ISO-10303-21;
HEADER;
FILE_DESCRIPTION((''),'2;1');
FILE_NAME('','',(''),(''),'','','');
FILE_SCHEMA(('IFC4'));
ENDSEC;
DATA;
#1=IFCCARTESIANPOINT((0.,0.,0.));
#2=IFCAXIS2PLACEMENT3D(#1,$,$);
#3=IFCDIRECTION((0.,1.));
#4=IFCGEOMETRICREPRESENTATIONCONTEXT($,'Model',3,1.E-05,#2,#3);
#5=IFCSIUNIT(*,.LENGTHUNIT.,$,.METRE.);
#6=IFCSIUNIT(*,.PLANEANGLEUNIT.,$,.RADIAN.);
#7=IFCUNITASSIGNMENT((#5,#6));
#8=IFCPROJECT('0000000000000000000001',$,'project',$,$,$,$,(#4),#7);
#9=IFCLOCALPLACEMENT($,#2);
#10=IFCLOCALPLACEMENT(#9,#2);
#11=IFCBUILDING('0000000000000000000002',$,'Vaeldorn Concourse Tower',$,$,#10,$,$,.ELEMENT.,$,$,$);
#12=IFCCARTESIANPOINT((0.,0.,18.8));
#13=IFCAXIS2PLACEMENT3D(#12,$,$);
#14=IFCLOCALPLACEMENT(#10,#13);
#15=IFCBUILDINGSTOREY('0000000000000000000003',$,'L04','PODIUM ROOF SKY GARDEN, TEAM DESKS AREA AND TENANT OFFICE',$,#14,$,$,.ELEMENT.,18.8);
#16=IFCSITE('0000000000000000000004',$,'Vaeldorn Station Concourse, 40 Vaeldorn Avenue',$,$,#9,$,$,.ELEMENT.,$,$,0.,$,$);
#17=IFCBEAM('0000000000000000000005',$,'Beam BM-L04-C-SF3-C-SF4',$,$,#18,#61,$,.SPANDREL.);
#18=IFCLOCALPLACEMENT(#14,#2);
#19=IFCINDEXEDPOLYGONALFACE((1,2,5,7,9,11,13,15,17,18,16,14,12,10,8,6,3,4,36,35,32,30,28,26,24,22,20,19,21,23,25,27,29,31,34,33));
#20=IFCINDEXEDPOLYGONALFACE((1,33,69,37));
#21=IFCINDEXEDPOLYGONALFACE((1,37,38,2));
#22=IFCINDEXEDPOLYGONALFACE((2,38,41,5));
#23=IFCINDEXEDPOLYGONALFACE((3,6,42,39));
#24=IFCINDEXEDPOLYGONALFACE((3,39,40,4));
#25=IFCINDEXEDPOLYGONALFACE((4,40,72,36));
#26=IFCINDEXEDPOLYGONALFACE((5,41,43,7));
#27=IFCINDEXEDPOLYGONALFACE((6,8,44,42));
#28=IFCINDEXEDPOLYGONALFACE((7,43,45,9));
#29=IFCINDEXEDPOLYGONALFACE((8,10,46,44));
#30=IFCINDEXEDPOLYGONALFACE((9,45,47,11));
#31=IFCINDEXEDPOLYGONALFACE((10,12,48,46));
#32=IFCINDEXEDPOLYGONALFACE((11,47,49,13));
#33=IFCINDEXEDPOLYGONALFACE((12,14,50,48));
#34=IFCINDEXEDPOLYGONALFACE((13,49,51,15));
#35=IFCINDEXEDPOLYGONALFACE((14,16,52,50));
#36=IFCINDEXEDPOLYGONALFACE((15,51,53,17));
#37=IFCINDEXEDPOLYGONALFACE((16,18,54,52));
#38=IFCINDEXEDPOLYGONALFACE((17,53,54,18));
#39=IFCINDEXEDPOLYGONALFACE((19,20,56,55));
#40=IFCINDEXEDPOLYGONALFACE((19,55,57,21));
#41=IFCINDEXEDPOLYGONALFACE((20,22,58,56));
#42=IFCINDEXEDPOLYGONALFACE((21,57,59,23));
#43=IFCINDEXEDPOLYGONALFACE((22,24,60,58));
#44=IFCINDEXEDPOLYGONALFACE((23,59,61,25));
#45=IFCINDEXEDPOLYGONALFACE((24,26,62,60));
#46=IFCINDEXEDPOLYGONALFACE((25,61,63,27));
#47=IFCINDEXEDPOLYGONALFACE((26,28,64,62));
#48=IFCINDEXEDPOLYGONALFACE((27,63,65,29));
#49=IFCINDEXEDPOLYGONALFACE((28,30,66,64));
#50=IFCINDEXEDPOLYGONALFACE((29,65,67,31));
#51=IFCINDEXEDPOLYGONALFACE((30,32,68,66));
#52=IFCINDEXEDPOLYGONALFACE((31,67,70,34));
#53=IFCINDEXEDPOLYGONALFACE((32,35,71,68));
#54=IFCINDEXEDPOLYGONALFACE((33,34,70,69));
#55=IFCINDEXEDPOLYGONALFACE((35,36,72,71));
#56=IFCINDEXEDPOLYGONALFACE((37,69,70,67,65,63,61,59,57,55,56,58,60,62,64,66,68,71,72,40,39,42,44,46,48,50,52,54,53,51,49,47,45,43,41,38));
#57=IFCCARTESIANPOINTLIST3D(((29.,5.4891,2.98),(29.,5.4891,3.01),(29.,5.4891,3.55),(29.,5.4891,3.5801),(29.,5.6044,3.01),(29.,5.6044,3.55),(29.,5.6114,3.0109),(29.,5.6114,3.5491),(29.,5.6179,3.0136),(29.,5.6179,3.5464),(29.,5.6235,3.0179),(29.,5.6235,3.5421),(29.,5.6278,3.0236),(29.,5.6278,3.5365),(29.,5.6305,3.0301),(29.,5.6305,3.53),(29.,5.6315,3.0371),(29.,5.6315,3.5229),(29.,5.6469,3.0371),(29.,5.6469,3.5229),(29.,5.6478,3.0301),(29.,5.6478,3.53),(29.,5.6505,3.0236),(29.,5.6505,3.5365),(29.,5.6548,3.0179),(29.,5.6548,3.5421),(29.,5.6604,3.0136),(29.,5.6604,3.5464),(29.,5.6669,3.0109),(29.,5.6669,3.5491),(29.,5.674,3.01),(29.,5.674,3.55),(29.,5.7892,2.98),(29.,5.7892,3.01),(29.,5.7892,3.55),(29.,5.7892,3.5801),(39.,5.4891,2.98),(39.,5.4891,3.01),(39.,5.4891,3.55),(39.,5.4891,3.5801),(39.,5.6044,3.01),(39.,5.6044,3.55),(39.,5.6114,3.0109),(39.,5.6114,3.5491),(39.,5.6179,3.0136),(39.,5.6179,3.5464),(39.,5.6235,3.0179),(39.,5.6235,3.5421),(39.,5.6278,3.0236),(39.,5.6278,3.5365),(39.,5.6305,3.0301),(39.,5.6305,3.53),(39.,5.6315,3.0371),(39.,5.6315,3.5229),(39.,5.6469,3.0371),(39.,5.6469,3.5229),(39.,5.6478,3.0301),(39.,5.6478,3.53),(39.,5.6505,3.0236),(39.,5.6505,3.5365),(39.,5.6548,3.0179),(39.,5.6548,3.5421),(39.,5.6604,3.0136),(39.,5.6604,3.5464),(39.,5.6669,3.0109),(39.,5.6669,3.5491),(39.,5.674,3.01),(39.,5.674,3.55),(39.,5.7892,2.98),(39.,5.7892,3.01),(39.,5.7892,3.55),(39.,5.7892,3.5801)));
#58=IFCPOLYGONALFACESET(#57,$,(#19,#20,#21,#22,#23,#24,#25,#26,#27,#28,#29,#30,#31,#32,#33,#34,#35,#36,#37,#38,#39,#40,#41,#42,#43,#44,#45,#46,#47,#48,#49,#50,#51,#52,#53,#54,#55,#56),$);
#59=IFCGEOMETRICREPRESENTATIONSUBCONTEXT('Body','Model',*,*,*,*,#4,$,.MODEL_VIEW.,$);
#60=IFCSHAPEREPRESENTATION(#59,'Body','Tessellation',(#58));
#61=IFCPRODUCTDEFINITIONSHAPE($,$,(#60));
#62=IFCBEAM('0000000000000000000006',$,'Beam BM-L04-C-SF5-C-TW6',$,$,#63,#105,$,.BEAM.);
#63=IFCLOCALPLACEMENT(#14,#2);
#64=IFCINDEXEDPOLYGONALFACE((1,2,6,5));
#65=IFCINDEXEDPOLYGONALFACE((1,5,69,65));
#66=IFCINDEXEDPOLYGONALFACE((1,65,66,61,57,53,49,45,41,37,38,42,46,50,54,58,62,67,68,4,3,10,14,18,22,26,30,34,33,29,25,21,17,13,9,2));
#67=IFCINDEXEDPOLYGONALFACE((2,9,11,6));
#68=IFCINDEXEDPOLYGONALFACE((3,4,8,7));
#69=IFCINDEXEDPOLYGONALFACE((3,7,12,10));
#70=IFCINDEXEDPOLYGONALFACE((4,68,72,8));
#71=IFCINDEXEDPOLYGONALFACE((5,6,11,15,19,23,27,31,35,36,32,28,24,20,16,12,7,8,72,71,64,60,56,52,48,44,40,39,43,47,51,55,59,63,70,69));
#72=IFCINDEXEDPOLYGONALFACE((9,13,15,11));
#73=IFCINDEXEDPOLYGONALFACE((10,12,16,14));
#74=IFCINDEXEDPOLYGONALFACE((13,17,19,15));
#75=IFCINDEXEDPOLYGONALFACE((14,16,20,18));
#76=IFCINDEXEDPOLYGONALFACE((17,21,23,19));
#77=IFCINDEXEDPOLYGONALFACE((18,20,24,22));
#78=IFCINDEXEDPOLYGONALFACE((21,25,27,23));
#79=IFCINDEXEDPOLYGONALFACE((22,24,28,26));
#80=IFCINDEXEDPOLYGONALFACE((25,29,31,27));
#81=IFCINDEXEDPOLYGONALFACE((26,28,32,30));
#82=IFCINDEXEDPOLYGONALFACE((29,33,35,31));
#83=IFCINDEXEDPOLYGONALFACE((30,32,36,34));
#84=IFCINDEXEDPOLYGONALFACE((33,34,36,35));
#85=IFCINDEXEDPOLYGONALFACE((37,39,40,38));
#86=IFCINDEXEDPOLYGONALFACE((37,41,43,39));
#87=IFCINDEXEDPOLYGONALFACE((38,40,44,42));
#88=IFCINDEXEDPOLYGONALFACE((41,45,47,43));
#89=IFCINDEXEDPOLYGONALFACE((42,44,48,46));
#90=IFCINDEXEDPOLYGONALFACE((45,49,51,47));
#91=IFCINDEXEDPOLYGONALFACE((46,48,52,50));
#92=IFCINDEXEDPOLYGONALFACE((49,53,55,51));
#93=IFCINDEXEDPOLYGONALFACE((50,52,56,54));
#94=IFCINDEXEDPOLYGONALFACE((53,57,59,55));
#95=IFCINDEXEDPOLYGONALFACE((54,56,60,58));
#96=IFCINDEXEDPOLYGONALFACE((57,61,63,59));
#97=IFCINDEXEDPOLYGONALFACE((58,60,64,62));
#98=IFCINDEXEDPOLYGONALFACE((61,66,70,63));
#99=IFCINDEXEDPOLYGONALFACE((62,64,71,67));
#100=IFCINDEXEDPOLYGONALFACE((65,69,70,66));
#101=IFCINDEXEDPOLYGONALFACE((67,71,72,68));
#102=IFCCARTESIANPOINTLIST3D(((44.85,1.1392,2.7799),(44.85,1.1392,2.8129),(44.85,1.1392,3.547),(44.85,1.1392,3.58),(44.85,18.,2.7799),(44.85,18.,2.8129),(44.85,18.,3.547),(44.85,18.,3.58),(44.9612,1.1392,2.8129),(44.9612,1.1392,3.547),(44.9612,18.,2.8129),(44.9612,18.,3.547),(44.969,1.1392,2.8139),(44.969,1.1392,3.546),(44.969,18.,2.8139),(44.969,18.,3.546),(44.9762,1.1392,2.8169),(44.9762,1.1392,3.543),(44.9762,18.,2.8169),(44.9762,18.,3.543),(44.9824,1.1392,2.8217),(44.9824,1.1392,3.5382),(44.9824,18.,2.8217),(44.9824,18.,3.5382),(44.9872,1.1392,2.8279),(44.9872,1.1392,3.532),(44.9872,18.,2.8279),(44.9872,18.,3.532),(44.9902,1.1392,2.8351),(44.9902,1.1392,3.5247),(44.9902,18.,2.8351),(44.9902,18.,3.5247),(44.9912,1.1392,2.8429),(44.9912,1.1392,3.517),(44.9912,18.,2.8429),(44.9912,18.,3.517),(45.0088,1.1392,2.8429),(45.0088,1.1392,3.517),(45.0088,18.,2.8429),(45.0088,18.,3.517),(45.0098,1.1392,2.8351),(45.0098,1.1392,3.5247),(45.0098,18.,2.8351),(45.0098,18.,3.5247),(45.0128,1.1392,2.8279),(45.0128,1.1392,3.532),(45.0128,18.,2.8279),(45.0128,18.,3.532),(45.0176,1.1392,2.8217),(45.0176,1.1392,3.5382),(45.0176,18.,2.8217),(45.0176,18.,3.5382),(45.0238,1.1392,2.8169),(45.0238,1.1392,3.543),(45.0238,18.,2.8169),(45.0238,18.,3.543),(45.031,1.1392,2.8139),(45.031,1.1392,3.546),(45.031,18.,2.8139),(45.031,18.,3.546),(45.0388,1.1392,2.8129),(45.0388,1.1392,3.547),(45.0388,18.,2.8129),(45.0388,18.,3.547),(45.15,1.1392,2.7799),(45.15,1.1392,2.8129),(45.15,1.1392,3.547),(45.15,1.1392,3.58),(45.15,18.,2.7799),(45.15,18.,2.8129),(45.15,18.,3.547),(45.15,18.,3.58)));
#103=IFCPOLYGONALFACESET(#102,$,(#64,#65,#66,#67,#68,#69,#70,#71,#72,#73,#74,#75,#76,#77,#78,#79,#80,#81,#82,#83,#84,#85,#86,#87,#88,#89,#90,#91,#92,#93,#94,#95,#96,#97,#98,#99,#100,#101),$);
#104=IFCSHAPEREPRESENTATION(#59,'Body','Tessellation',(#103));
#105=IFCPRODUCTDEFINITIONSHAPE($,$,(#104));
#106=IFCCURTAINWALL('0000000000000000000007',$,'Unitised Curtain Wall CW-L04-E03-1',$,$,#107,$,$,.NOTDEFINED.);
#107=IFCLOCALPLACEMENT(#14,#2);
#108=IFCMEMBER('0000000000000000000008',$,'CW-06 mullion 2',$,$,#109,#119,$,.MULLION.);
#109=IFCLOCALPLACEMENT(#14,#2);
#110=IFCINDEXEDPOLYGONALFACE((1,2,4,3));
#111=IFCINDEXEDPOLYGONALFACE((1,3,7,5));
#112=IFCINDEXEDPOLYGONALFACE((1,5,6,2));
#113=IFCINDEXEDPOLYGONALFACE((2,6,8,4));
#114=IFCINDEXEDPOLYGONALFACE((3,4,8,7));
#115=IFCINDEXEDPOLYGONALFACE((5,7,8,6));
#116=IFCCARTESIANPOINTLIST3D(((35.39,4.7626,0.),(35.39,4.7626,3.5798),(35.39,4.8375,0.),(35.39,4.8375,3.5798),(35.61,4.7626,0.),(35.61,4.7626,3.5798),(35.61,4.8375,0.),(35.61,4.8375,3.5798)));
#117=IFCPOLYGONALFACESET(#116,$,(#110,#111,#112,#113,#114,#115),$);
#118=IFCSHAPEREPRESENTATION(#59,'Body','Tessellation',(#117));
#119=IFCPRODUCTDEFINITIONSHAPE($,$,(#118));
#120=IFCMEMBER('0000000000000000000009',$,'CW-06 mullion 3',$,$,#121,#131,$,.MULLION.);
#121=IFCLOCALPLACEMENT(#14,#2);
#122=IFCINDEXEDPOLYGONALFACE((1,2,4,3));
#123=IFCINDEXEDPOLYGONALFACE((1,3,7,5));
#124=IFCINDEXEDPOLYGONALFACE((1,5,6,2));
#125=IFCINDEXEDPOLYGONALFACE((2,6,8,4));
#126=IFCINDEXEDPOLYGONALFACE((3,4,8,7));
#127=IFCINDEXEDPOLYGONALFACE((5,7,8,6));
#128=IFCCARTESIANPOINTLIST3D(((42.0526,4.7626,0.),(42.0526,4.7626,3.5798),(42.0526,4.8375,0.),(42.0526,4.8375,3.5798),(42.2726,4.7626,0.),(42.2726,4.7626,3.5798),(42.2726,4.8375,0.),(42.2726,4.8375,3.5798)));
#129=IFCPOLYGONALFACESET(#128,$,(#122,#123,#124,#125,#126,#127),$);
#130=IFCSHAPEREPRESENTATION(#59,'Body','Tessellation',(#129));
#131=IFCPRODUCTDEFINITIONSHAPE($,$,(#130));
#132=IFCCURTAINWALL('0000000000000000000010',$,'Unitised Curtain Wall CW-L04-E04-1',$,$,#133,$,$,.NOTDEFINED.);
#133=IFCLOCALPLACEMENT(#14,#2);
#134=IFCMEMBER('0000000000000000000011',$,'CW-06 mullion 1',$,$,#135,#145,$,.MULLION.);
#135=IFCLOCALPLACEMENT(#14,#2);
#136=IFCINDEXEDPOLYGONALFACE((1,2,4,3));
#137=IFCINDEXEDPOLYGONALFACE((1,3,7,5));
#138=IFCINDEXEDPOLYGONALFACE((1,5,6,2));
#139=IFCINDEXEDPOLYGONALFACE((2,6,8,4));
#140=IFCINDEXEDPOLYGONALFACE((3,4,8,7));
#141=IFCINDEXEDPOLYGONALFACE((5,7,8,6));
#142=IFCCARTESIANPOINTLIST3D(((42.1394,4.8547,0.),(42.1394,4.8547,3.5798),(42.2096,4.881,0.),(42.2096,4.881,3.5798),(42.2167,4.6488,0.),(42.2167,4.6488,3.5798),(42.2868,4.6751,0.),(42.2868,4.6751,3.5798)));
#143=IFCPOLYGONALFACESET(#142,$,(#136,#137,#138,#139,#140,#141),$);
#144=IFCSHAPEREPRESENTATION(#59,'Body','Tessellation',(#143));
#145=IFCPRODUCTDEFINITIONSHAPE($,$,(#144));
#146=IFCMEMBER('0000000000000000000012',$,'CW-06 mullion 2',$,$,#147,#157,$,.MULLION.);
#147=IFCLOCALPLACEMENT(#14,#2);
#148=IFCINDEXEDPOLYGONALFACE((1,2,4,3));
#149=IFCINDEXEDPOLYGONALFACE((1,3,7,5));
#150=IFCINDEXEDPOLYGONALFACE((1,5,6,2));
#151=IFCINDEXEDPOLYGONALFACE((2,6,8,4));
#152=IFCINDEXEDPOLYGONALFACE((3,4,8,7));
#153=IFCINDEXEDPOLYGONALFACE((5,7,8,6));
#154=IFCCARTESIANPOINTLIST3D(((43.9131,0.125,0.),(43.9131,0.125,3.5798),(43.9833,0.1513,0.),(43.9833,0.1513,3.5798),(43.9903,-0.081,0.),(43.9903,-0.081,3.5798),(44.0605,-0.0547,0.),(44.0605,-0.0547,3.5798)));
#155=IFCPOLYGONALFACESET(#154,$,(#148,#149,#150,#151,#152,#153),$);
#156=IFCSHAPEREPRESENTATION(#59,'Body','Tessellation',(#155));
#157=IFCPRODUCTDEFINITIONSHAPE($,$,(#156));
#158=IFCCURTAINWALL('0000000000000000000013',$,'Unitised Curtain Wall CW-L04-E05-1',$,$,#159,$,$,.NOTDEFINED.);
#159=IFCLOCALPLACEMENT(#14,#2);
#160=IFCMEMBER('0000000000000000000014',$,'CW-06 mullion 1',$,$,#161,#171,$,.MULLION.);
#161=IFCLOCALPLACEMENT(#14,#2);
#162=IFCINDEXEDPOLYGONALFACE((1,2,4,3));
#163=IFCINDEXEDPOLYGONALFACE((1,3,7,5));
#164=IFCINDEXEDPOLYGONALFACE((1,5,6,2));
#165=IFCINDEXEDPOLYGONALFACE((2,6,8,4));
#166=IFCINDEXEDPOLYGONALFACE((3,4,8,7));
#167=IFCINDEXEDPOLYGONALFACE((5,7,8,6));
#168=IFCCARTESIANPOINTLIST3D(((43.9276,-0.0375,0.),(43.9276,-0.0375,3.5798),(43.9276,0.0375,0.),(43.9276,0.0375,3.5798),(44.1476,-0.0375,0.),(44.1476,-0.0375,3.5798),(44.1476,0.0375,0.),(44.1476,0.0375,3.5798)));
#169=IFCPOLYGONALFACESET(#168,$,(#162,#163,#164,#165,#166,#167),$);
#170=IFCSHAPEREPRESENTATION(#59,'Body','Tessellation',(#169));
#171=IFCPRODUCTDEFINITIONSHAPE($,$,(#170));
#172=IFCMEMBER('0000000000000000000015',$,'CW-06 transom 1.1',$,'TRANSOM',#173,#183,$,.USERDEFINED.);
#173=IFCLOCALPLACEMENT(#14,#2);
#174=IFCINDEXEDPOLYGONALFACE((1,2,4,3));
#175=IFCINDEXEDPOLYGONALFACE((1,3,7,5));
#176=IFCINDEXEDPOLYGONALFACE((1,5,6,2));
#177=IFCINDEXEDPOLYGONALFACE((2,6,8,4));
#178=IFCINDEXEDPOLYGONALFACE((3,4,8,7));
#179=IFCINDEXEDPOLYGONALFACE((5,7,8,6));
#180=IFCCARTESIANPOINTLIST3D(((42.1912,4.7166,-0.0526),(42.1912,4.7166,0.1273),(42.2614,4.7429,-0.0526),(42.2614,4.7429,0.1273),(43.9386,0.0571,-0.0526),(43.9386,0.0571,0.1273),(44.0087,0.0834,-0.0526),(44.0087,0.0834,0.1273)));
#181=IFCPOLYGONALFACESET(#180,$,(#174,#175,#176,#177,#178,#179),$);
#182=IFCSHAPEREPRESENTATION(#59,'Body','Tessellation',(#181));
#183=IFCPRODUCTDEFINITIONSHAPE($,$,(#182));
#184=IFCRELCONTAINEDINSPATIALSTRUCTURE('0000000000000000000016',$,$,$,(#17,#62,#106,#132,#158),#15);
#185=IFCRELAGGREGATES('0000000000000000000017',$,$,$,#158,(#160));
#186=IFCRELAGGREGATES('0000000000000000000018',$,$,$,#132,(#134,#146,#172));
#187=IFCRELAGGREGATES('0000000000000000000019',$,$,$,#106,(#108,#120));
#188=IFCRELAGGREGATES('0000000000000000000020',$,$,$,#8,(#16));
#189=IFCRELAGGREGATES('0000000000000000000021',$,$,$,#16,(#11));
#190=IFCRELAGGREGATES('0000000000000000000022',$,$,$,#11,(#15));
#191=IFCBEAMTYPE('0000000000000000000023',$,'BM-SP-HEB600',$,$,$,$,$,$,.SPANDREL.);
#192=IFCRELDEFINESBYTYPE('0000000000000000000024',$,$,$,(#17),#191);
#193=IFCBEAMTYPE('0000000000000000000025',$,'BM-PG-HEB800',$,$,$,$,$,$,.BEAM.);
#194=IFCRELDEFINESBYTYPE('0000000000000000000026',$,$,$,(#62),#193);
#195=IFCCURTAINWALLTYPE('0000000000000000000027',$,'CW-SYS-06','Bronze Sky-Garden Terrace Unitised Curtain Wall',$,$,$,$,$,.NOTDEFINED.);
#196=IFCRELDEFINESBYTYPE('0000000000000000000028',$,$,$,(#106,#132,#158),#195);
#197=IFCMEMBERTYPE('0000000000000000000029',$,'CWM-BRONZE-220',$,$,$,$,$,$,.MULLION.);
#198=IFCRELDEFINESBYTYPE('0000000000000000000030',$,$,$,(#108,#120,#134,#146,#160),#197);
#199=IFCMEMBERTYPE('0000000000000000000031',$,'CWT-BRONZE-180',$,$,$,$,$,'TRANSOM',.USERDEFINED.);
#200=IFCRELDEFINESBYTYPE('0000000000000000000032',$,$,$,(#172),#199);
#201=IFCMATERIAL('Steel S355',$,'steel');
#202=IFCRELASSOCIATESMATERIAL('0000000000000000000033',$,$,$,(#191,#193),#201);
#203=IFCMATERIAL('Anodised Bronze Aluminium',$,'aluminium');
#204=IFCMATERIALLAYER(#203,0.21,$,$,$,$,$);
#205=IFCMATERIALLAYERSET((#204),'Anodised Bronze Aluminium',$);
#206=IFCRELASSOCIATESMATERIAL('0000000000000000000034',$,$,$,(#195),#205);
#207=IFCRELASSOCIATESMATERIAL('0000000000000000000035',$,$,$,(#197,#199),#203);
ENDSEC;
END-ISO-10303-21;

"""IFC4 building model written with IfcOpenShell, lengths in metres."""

from ifc_helpers import new_model, si_unit, direction, frame, origin, origin_2d, place, context, subcontext, project, spatial, rectangle, i_section, extrude, source, transform, mapped, material, layer, layer_set, material_profile, profile_set, type_object, element, aggregate, save


model = new_model("IFC4")

# Units and contexts
model_context = context("Model", 3, precision=1e-05, world=origin(), true_north=direction((0.0, 1.0)))
body_context = subcontext(model_context, "Body", "Model", "MODEL_VIEW")
ifc_project = project(units=[si_unit("LENGTHUNIT", "METRE"), si_unit("PLANEANGLEUNIT", "RADIAN")], contexts=[model_context])

# Site, building, storey
site_placement = place(None, origin())
site = spatial("IfcSite", under=ifc_project, at=site_placement, Name="Vaeldorn Station Concourse, 40 Vaeldorn Avenue", CompositionType="ELEMENT", RefElevation=0.0)
building_placement = place(site_placement, origin())
building = spatial("IfcBuilding", under=site, at=building_placement, Name="Vaeldorn Concourse Tower", CompositionType="ELEMENT")
storey_placement = place(building_placement, frame((0.0, 0.0, 18.8)))
storey = spatial("IfcBuildingStorey", under=building, at=storey_placement, Name="L04", Description="PODIUM ROOF SKY GARDEN, TEAM DESKS AREA AND TENANT OFFICE", CompositionType="ELEMENT", Elevation=18.8)

# Beams
ifc_material_1 = material(Name="Steel S355", Category="steel")
ifc_material_profile_1 = material_profile(ifc_material_1, i_section(OverallWidth=0.3, OverallDepth=0.6001, WebThickness=0.0154, FlangeThickness=0.03, FilletRadius=0.0271, at=origin_2d()), Name="HEB 600")
ifc_profile_set_1 = profile_set([ifc_material_profile_1], Name="Steel S355")
beam_type_1 = type_object("IfcBeamType", Name="BM-SP-HEB600", PredefinedType="SPANDREL", material=ifc_profile_set_1)
shared_shape_1 = source(origin(), body_context, "Body", "SweptSolid", [
    extrude(i_section(OverallWidth=0.3, OverallDepth=0.6001, WebThickness=0.0154, FlangeThickness=0.03, FilletRadius=0.0271, at=origin_2d()), origin(), (0.0, 0.0, 1.0), 10.0),
])
beam_1_placement = place(storey_placement, frame((29.0, 5.6392, 3.28), z_axis=(1.0, 0.0, 0.0), x_axis=(0.0, 1.0, 0.0)))
element("IfcBeam", 1, at=beam_1_placement, inside=storey, type_object=beam_type_1, Name="Beam BM-L04-C-SF3-C-SF4", PredefinedType="SPANDREL", context=body_context, shape_type="MappedRepresentation", body=[
    mapped(shared_shape_1, transform((0.0, 0.0, 0.0), scale=1.0)),
])
ifc_material_profile_2 = material_profile(ifc_material_1, i_section(OverallWidth=0.3, OverallDepth=0.8, WebThickness=0.0176, FlangeThickness=0.033, FilletRadius=0.03, at=origin_2d()), Name="HEB 800")
ifc_profile_set_2 = profile_set([ifc_material_profile_2], Name="Steel S355")
beam_type_2 = type_object("IfcBeamType", Name="BM-PG-HEB800", PredefinedType="BEAM", material=ifc_profile_set_2)
shared_shape_2 = source(origin(), body_context, "Body", "SweptSolid", [
    extrude(i_section(OverallWidth=0.3, OverallDepth=0.8, WebThickness=0.0176, FlangeThickness=0.033, FilletRadius=0.03, at=origin_2d()), origin(), (0.0, 0.0, 1.0), 16.8608),
])
beam_2_placement = place(storey_placement, frame((45.0, 1.1392, 3.1799), z_axis=(0.0, 1.0, 0.0), x_axis=(-1.0, 0.0, 0.0)))
element("IfcBeam", 2, at=beam_2_placement, inside=storey, type_object=beam_type_2, Name="Beam BM-L04-C-SF5-C-TW6", PredefinedType="BEAM", context=body_context, shape_type="MappedRepresentation", body=[
    mapped(shared_shape_2, transform((0.0, 0.0, 0.0), scale=1.0)),
])

# Curtain walls, members
ifc_material_2 = material(Name="Anodised Bronze Aluminium", Category="aluminium")
ifc_layer_1 = layer(ifc_material_2, 0.21)
ifc_layer_set_1 = layer_set([ifc_layer_1], Name="Anodised Bronze Aluminium")
curtain_wall_type = type_object("IfcCurtainWallType", Name="CW-SYS-06", Description="Bronze Sky-Garden Terrace Unitised Curtain Wall", PredefinedType="NOTDEFINED", material=ifc_layer_set_1)
curtain_wall_1_placement = place(storey_placement, origin())
curtain_wall_1 = element("IfcCurtainWall", 3, at=curtain_wall_1_placement, inside=storey, type_object=curtain_wall_type, Name="Unitised Curtain Wall CW-L04-E03-1", PredefinedType="NOTDEFINED")
ifc_material_profile_3 = material_profile(ifc_material_2, rectangle(XDim=0.075, YDim=0.22, at=origin_2d()), Name="CWM 75x220")
ifc_profile_set_3 = profile_set([ifc_material_profile_3], Name="Anodised Bronze Aluminium")
member_type_1 = type_object("IfcMemberType", Name="CWM-BRONZE-220", PredefinedType="MULLION", material=ifc_profile_set_3)
shared_shape_3 = source(origin(), body_context, "Body", "SweptSolid", [
    extrude(rectangle(XDim=0.075, YDim=0.22, at=origin_2d()), origin(), (0.0, 0.0, 1.0), 3.5798),
])
member_1_placement = place(storey_placement, frame((35.5, 4.8, 0.0), z_axis=(0.0, 0.0, 1.0), x_axis=(0.0, 1.0, 0.0)))
member_1 = element("IfcMember", 4, at=member_1_placement, type_object=member_type_1, Name="CW-06 mullion 2", PredefinedType="MULLION", context=body_context, shape_type="MappedRepresentation", body=[
    mapped(shared_shape_3, transform((0.0, 0.0, 0.0), scale=1.0)),
])
member_2_placement = place(storey_placement, frame((42.1626, 4.8, 0.0), z_axis=(0.0, 0.0, 1.0), x_axis=(0.0, 1.0, 0.0)))
member_2 = element("IfcMember", 5, at=member_2_placement, type_object=member_type_1, Name="CW-06 mullion 3", PredefinedType="MULLION", context=body_context, shape_type="MappedRepresentation", body=[
    mapped(shared_shape_3, transform((0.0, 0.0, 0.0), scale=1.0)),
])
curtain_wall_2_placement = place(storey_placement, origin())
curtain_wall_2 = element("IfcCurtainWall", 6, at=curtain_wall_2_placement, inside=storey, type_object=curtain_wall_type, Name="Unitised Curtain Wall CW-L04-E04-1", PredefinedType="NOTDEFINED")
member_3_placement = place(storey_placement, frame((42.2131, 4.7649, 0.0), z_axis=(0.0, 0.0, 1.0), x_axis=(0.936329, 0.351123, 0.0)))
member_3 = element("IfcMember", 7, at=member_3_placement, type_object=member_type_1, Name="CW-06 mullion 1", PredefinedType="MULLION", context=body_context, shape_type="MappedRepresentation", body=[
    mapped(shared_shape_3, transform((0.0, 0.0, 0.0), scale=1.0)),
])
member_4_placement = place(storey_placement, frame((43.9868, 0.0352, 0.0), z_axis=(0.0, 0.0, 1.0), x_axis=(0.936329, 0.351123, 0.0)))
member_4 = element("IfcMember", 8, at=member_4_placement, type_object=member_type_1, Name="CW-06 mullion 2", PredefinedType="MULLION", context=body_context, shape_type="MappedRepresentation", body=[
    mapped(shared_shape_3, transform((0.0, 0.0, 0.0), scale=1.0)),
])

# Curtain wall, member
curtain_wall_3_placement = place(storey_placement, origin())
curtain_wall_3 = element("IfcCurtainWall", 9, at=curtain_wall_3_placement, inside=storey, type_object=curtain_wall_type, Name="Unitised Curtain Wall CW-L04-E05-1", PredefinedType="NOTDEFINED")
member_5_placement = place(storey_placement, frame((44.0376, 0.0, 0.0), z_axis=(0.0, 0.0, 1.0), x_axis=(0.0, 1.0, 0.0)))
member_5 = element("IfcMember", 10, at=member_5_placement, type_object=member_type_1, Name="CW-06 mullion 1", PredefinedType="MULLION", context=body_context, shape_type="MappedRepresentation", body=[
    mapped(shared_shape_3, transform((0.0, 0.0, 0.0), scale=1.0)),
])

# Member
ifc_material_profile_4 = material_profile(ifc_material_2, rectangle(XDim=0.075, YDim=0.1799, at=origin_2d()), Name="CWT 75x180")
ifc_profile_set_4 = profile_set([ifc_material_profile_4], Name="Anodised Bronze Aluminium")
member_type_2 = type_object("IfcMemberType", Name="CWT-BRONZE-180", ElementType="TRANSOM", PredefinedType="USERDEFINED", material=ifc_profile_set_4)
shared_shape_4 = source(origin(), body_context, "Body", "SweptSolid", [
    extrude(rectangle(XDim=0.075, YDim=0.1799, at=origin_2d()), origin(), (0.0, 0.0, 1.0), 4.9763),
])
member_6_placement = place(storey_placement, frame((42.2263, 4.7297, 0.0374), z_axis=(0.351129, -0.936327, 0.0), x_axis=(0.936327, 0.351129, 0.0)))
member_6 = element("IfcMember", 11, at=member_6_placement, type_object=member_type_2, Name="CW-06 transom 1.1", ObjectType="TRANSOM", PredefinedType="USERDEFINED", context=body_context, shape_type="MappedRepresentation", body=[
    mapped(shared_shape_4, transform((0.0, 0.0, 0.0), scale=1.0)),
])
aggregate(curtain_wall_3, [member_5])

aggregate(curtain_wall_2, [member_3, member_4, member_6])
aggregate(curtain_wall_1, [member_1, member_2])

save(model, "model.ifc")
